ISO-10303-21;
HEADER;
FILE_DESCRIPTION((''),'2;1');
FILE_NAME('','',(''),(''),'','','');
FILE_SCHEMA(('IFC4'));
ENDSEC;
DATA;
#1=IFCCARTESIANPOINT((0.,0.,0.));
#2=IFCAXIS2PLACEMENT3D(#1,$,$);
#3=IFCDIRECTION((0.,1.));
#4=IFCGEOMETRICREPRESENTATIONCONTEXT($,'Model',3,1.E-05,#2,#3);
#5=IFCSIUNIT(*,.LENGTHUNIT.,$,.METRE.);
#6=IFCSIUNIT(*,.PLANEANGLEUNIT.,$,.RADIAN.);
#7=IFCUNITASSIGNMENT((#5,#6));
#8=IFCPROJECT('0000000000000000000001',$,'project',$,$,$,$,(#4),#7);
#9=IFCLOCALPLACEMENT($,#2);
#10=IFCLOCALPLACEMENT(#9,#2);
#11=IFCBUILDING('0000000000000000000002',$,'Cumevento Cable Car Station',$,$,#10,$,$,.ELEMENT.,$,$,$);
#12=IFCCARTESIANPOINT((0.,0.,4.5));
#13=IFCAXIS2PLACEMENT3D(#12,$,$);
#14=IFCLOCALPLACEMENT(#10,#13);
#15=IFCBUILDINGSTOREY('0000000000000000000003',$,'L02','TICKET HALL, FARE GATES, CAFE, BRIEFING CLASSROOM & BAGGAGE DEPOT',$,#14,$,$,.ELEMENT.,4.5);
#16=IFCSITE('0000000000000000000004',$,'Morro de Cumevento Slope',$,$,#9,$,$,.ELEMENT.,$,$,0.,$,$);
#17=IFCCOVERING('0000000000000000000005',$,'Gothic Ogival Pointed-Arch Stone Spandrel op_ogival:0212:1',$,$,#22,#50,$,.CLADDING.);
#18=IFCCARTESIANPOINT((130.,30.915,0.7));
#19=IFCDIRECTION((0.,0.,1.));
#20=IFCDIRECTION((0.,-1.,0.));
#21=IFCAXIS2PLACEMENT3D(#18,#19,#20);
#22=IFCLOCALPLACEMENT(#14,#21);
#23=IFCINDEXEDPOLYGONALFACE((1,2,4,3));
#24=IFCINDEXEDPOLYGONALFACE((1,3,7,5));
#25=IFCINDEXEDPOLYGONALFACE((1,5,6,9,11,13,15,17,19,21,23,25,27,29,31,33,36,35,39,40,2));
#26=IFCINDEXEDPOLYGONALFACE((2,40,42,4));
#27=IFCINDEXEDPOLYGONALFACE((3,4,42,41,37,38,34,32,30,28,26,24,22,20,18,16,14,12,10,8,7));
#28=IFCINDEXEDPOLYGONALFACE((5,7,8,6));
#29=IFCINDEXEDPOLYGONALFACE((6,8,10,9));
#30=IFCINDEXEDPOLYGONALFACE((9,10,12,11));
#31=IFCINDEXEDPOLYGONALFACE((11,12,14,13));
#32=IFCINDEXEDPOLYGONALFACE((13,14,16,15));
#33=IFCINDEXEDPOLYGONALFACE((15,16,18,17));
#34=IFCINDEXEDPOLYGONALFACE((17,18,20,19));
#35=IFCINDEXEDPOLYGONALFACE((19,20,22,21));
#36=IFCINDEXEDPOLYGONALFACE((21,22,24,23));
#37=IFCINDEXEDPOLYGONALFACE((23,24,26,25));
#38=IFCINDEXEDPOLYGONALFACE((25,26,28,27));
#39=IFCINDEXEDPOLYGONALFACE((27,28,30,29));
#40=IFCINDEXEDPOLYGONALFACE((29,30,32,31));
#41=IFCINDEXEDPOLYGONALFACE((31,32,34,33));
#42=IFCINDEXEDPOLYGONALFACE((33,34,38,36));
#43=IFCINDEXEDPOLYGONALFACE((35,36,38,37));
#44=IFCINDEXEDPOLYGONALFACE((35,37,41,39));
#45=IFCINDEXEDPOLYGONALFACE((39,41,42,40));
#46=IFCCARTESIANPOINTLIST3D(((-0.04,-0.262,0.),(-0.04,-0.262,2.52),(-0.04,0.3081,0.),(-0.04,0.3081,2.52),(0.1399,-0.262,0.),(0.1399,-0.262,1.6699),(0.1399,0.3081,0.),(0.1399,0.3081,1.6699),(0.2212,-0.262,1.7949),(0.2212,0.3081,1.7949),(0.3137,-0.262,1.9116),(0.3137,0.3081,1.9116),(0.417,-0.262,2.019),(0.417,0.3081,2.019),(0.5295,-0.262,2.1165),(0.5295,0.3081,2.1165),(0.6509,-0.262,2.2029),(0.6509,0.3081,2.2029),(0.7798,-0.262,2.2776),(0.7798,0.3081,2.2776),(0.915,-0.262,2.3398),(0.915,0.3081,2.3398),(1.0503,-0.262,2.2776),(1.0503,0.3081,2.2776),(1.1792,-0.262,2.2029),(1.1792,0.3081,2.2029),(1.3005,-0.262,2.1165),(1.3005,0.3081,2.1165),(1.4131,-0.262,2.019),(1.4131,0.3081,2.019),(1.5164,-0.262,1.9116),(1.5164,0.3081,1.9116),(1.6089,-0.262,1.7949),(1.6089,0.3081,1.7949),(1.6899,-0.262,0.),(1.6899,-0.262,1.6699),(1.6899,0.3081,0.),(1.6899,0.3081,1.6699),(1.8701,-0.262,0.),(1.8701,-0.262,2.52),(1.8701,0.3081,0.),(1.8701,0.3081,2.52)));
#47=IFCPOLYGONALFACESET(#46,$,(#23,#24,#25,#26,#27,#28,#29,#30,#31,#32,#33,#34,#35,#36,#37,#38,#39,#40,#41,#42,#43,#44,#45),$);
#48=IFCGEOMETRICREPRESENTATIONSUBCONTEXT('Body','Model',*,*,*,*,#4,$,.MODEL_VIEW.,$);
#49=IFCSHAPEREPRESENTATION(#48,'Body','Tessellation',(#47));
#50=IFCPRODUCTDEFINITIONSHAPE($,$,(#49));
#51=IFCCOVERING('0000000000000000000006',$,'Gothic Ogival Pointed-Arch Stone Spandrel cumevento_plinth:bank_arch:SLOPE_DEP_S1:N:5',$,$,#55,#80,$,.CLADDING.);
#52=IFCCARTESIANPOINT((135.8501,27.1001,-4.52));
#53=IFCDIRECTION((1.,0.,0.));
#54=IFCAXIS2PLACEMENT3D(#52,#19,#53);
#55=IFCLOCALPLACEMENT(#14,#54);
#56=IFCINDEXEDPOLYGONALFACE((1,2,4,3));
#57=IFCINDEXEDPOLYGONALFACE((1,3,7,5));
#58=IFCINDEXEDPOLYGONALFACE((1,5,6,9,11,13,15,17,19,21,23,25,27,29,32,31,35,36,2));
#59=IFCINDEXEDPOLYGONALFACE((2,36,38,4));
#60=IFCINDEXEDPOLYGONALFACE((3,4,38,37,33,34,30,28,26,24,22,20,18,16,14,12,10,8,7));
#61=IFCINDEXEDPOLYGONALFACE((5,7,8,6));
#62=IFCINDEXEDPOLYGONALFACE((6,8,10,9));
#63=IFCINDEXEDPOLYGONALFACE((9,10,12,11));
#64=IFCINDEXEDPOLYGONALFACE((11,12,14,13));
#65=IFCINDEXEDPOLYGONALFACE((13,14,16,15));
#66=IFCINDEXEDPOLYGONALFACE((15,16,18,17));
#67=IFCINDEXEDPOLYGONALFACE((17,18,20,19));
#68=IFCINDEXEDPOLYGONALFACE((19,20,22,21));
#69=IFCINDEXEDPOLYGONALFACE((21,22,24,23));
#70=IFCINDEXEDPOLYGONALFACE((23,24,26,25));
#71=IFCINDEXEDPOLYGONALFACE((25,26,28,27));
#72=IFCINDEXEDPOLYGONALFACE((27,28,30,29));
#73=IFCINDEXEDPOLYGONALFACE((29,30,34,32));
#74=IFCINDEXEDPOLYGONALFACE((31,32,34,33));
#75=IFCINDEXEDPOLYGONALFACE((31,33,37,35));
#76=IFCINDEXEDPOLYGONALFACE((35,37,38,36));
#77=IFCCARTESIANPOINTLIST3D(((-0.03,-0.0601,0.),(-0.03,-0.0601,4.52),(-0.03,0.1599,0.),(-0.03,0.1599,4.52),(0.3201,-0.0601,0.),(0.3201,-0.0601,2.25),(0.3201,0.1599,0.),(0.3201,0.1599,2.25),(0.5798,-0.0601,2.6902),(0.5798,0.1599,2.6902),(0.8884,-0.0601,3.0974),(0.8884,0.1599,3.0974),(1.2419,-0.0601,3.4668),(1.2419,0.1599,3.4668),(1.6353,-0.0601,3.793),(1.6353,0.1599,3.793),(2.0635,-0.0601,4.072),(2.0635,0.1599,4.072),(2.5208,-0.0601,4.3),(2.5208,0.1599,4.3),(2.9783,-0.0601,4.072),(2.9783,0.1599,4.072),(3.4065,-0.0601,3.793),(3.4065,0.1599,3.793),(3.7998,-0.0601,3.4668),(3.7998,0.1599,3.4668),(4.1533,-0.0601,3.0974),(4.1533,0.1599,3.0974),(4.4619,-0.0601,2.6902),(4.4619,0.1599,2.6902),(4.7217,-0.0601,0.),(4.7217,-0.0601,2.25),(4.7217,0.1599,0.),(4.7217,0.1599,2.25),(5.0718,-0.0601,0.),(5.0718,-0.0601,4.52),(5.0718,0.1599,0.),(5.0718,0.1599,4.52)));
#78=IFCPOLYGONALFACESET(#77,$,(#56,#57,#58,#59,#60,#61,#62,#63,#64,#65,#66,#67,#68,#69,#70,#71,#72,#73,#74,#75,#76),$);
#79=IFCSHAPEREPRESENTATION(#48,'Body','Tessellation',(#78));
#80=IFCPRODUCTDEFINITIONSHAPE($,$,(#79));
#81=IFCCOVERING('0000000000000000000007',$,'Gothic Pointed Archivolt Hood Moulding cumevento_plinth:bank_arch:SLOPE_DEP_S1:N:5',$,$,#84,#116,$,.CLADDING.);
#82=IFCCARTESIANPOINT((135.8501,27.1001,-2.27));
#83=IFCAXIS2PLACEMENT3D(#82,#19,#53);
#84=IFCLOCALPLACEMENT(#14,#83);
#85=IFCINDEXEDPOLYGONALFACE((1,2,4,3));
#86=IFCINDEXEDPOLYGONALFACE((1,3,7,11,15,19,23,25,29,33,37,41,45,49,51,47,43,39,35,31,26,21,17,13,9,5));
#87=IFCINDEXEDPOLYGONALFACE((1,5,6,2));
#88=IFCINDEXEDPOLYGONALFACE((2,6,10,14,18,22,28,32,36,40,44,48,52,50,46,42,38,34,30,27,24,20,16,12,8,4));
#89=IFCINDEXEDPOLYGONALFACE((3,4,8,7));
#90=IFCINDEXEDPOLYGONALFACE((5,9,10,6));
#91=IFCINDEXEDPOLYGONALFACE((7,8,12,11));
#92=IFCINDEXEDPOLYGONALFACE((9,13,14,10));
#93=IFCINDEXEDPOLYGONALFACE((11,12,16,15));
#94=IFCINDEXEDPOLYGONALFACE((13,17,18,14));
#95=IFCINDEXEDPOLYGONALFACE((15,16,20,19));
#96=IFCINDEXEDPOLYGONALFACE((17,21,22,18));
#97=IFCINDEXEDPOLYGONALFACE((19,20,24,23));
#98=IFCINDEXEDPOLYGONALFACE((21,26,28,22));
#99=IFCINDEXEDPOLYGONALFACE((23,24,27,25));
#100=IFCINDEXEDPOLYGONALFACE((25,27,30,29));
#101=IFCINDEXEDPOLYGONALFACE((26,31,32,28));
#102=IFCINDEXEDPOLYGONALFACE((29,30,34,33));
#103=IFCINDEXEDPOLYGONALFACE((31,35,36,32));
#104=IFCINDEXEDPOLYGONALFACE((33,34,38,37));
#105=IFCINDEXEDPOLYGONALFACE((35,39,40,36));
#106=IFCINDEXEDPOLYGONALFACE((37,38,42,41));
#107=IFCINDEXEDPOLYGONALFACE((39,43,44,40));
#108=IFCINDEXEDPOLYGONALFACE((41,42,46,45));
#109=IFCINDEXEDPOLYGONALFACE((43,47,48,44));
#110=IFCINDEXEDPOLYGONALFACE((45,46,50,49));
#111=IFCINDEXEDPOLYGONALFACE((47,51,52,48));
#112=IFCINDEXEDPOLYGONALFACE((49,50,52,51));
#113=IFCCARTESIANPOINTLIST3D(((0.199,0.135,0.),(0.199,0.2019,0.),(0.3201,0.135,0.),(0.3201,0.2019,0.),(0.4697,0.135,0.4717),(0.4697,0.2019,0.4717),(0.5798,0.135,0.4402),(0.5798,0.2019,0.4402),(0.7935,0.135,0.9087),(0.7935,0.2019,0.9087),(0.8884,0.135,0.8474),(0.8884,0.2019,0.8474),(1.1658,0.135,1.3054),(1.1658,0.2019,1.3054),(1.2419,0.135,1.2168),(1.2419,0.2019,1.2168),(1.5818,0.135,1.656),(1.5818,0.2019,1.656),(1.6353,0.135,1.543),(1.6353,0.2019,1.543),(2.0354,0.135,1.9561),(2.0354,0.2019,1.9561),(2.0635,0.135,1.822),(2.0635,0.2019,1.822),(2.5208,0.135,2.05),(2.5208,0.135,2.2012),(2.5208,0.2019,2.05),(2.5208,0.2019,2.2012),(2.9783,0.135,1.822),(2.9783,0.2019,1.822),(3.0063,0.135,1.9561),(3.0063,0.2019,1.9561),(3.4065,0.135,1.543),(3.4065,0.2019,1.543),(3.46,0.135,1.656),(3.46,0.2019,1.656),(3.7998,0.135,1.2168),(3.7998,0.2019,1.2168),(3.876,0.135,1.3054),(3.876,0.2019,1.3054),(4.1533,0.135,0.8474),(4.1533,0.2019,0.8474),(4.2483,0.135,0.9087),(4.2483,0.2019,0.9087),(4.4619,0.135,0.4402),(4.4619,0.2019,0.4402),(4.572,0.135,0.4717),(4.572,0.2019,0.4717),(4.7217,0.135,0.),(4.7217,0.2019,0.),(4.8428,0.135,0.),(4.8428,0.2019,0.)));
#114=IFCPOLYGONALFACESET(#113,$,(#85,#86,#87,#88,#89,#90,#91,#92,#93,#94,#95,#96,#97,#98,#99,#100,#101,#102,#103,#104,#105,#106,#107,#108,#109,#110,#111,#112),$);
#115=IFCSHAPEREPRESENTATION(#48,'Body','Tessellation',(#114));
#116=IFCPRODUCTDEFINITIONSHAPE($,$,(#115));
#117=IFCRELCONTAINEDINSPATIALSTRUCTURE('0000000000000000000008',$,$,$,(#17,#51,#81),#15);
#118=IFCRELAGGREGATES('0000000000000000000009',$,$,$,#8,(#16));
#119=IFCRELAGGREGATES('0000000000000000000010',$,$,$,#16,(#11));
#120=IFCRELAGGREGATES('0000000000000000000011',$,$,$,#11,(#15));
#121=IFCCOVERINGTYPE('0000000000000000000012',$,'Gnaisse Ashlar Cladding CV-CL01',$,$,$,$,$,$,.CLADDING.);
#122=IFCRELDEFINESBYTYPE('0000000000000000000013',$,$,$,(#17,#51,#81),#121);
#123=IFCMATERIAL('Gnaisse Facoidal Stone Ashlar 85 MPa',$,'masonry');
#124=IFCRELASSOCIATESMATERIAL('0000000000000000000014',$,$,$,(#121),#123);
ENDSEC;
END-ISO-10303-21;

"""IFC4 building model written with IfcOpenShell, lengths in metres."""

from ifc_helpers import new_model, si_unit, direction, frame, origin, place, context, subcontext, project, spatial, polyline, outline, extrude, material, type_object, element, save


model = new_model("IFC4")

# Units and contexts
model_context = context("Model", 3, precision=1e-05, world=origin(), true_north=direction((0.0, 1.0)))
body_context = subcontext(model_context, "Body", "Model", "MODEL_VIEW")
ifc_project = project(units=[si_unit("LENGTHUNIT", "METRE"), si_unit("PLANEANGLEUNIT", "RADIAN")], contexts=[model_context])

# Site, building, storey
site_placement = place(None, origin())
site = spatial("IfcSite", under=ifc_project, at=site_placement, Name="Morro de Cumevento Slope", CompositionType="ELEMENT", RefElevation=0.0)
building_placement = place(site_placement, origin())
building = spatial("IfcBuilding", under=site, at=building_placement, Name="Cumevento Cable Car Station", CompositionType="ELEMENT")
storey_placement = place(building_placement, frame((0.0, 0.0, 4.5)))
storey = spatial("IfcBuildingStorey", under=building, at=storey_placement, Name="L02", Description="TICKET HALL, FARE GATES, CAFE, BRIEFING CLASSROOM & BAGGAGE DEPOT", CompositionType="ELEMENT", Elevation=4.5)

# Coverings
ifc_material_1 = material(Name="Gnaisse Facoidal Stone Ashlar 85 MPa", Category="masonry")
covering_type = type_object("IfcCoveringType", Name="Gnaisse Ashlar Cladding CV-CL01", PredefinedType="CLADDING", material=ifc_material_1)
covering_1_placement = place(storey_placement, frame((130.0, 30.915, 0.7), z_axis=(0.0, 0.0, 1.0), x_axis=(0.0, -1.0, 0.0)))
element("IfcCovering", 1, at=covering_1_placement, inside=storey, type_object=covering_type, Name="Gothic Ogival Pointed-Arch Stone Spandrel op_ogival:0212:1", PredefinedType="CLADDING", context=body_context, shape_type="SweptSolid", body=[
    extrude(outline(polyline([(-0.04, 0.0), (-0.04, 2.52), (1.8701, 2.52), (1.8701, 0.0), (1.6899, 0.0), (1.6899, 1.6699), (1.6089, 1.7949), (1.5164, 1.9116), (1.4131, 2.019), (1.3005, 2.1165), (1.1792, 2.2029), (1.0503, 2.2776), (0.915, 2.3398), (0.7798, 2.2776), (0.6509, 2.2029), (0.5295, 2.1165), (0.417, 2.019), (0.3137, 1.9116), (0.2212, 1.7949), (0.1399, 1.6699), (0.1399, 0.0), (-0.04, 0.0)])), frame((0.0, 0.3081, 0.0), z_axis=(0.0, -1.0, 0.0), x_axis=(1.0, 0.0, 0.0)), (0.0, 0.0, 1.0), 0.5701),
])
covering_2_placement = place(storey_placement, frame((135.8501, 27.1001, -4.52), z_axis=(0.0, 0.0, 1.0), x_axis=(1.0, 0.0, 0.0)))
element("IfcCovering", 2, at=covering_2_placement, inside=storey, type_object=covering_type, Name="Gothic Ogival Pointed-Arch Stone Spandrel cumevento_plinth:bank_arch:SLOPE_DEP_S1:N:5", PredefinedType="CLADDING", context=body_context, shape_type="SweptSolid", body=[
    extrude(outline(polyline([(-0.03, 0.0), (-0.03, 4.52), (5.0718, 4.52), (5.0718, 0.0), (4.7217, 0.0), (4.7217, 2.25), (4.4619, 2.6902), (4.1533, 3.0974), (3.7998, 3.4668), (3.4065, 3.793), (2.9783, 4.072), (2.5208, 4.3), (2.0635, 4.072), (1.6353, 3.793), (1.2419, 3.4668), (0.8884, 3.0974), (0.5798, 2.6902), (0.3201, 2.25), (0.3201, 0.0), (-0.03, 0.0)])), frame((0.0, 0.1599, 0.0), z_axis=(0.0, -1.0, 0.0), x_axis=(1.0, 0.0, 0.0)), (0.0, 0.0, 1.0), 0.22),
])
covering_3_placement = place(storey_placement, frame((135.8501, 27.1001, -2.27), z_axis=(0.0, 0.0, 1.0), x_axis=(1.0, 0.0, 0.0)))
element("IfcCovering", 3, at=covering_3_placement, inside=storey, type_object=covering_type, Name="Gothic Pointed Archivolt Hood Moulding cumevento_plinth:bank_arch:SLOPE_DEP_S1:N:5", PredefinedType="CLADDING", context=body_context, shape_type="SweptSolid", body=[
    extrude(outline(polyline([(0.3201, 0.0), (0.5798, 0.4402), (0.8884, 0.8474), (1.2419, 1.2168), (1.6353, 1.543), (2.0635, 1.822), (2.5208, 2.05), (2.9783, 1.822), (3.4065, 1.543), (3.7998, 1.2168), (4.1533, 0.8474), (4.4619, 0.4402), (4.7217, 0.0), (4.8428, 0.0), (4.572, 0.4717), (4.2483, 0.9087), (3.876, 1.3054), (3.46, 1.656), (3.0063, 1.9561), (2.5208, 2.2012), (2.0354, 1.9561), (1.5818, 1.656), (1.1658, 1.3054), (0.7935, 0.9087), (0.4697, 0.4717), (0.199, 0.0), (0.3201, 0.0)])), frame((0.0, 0.2019, 0.0), z_axis=(0.0, -1.0, 0.0), x_axis=(1.0, 0.0, 0.0)), (0.0, 0.0, 1.0), 0.0669),
])

save(model, "model.ifc")
